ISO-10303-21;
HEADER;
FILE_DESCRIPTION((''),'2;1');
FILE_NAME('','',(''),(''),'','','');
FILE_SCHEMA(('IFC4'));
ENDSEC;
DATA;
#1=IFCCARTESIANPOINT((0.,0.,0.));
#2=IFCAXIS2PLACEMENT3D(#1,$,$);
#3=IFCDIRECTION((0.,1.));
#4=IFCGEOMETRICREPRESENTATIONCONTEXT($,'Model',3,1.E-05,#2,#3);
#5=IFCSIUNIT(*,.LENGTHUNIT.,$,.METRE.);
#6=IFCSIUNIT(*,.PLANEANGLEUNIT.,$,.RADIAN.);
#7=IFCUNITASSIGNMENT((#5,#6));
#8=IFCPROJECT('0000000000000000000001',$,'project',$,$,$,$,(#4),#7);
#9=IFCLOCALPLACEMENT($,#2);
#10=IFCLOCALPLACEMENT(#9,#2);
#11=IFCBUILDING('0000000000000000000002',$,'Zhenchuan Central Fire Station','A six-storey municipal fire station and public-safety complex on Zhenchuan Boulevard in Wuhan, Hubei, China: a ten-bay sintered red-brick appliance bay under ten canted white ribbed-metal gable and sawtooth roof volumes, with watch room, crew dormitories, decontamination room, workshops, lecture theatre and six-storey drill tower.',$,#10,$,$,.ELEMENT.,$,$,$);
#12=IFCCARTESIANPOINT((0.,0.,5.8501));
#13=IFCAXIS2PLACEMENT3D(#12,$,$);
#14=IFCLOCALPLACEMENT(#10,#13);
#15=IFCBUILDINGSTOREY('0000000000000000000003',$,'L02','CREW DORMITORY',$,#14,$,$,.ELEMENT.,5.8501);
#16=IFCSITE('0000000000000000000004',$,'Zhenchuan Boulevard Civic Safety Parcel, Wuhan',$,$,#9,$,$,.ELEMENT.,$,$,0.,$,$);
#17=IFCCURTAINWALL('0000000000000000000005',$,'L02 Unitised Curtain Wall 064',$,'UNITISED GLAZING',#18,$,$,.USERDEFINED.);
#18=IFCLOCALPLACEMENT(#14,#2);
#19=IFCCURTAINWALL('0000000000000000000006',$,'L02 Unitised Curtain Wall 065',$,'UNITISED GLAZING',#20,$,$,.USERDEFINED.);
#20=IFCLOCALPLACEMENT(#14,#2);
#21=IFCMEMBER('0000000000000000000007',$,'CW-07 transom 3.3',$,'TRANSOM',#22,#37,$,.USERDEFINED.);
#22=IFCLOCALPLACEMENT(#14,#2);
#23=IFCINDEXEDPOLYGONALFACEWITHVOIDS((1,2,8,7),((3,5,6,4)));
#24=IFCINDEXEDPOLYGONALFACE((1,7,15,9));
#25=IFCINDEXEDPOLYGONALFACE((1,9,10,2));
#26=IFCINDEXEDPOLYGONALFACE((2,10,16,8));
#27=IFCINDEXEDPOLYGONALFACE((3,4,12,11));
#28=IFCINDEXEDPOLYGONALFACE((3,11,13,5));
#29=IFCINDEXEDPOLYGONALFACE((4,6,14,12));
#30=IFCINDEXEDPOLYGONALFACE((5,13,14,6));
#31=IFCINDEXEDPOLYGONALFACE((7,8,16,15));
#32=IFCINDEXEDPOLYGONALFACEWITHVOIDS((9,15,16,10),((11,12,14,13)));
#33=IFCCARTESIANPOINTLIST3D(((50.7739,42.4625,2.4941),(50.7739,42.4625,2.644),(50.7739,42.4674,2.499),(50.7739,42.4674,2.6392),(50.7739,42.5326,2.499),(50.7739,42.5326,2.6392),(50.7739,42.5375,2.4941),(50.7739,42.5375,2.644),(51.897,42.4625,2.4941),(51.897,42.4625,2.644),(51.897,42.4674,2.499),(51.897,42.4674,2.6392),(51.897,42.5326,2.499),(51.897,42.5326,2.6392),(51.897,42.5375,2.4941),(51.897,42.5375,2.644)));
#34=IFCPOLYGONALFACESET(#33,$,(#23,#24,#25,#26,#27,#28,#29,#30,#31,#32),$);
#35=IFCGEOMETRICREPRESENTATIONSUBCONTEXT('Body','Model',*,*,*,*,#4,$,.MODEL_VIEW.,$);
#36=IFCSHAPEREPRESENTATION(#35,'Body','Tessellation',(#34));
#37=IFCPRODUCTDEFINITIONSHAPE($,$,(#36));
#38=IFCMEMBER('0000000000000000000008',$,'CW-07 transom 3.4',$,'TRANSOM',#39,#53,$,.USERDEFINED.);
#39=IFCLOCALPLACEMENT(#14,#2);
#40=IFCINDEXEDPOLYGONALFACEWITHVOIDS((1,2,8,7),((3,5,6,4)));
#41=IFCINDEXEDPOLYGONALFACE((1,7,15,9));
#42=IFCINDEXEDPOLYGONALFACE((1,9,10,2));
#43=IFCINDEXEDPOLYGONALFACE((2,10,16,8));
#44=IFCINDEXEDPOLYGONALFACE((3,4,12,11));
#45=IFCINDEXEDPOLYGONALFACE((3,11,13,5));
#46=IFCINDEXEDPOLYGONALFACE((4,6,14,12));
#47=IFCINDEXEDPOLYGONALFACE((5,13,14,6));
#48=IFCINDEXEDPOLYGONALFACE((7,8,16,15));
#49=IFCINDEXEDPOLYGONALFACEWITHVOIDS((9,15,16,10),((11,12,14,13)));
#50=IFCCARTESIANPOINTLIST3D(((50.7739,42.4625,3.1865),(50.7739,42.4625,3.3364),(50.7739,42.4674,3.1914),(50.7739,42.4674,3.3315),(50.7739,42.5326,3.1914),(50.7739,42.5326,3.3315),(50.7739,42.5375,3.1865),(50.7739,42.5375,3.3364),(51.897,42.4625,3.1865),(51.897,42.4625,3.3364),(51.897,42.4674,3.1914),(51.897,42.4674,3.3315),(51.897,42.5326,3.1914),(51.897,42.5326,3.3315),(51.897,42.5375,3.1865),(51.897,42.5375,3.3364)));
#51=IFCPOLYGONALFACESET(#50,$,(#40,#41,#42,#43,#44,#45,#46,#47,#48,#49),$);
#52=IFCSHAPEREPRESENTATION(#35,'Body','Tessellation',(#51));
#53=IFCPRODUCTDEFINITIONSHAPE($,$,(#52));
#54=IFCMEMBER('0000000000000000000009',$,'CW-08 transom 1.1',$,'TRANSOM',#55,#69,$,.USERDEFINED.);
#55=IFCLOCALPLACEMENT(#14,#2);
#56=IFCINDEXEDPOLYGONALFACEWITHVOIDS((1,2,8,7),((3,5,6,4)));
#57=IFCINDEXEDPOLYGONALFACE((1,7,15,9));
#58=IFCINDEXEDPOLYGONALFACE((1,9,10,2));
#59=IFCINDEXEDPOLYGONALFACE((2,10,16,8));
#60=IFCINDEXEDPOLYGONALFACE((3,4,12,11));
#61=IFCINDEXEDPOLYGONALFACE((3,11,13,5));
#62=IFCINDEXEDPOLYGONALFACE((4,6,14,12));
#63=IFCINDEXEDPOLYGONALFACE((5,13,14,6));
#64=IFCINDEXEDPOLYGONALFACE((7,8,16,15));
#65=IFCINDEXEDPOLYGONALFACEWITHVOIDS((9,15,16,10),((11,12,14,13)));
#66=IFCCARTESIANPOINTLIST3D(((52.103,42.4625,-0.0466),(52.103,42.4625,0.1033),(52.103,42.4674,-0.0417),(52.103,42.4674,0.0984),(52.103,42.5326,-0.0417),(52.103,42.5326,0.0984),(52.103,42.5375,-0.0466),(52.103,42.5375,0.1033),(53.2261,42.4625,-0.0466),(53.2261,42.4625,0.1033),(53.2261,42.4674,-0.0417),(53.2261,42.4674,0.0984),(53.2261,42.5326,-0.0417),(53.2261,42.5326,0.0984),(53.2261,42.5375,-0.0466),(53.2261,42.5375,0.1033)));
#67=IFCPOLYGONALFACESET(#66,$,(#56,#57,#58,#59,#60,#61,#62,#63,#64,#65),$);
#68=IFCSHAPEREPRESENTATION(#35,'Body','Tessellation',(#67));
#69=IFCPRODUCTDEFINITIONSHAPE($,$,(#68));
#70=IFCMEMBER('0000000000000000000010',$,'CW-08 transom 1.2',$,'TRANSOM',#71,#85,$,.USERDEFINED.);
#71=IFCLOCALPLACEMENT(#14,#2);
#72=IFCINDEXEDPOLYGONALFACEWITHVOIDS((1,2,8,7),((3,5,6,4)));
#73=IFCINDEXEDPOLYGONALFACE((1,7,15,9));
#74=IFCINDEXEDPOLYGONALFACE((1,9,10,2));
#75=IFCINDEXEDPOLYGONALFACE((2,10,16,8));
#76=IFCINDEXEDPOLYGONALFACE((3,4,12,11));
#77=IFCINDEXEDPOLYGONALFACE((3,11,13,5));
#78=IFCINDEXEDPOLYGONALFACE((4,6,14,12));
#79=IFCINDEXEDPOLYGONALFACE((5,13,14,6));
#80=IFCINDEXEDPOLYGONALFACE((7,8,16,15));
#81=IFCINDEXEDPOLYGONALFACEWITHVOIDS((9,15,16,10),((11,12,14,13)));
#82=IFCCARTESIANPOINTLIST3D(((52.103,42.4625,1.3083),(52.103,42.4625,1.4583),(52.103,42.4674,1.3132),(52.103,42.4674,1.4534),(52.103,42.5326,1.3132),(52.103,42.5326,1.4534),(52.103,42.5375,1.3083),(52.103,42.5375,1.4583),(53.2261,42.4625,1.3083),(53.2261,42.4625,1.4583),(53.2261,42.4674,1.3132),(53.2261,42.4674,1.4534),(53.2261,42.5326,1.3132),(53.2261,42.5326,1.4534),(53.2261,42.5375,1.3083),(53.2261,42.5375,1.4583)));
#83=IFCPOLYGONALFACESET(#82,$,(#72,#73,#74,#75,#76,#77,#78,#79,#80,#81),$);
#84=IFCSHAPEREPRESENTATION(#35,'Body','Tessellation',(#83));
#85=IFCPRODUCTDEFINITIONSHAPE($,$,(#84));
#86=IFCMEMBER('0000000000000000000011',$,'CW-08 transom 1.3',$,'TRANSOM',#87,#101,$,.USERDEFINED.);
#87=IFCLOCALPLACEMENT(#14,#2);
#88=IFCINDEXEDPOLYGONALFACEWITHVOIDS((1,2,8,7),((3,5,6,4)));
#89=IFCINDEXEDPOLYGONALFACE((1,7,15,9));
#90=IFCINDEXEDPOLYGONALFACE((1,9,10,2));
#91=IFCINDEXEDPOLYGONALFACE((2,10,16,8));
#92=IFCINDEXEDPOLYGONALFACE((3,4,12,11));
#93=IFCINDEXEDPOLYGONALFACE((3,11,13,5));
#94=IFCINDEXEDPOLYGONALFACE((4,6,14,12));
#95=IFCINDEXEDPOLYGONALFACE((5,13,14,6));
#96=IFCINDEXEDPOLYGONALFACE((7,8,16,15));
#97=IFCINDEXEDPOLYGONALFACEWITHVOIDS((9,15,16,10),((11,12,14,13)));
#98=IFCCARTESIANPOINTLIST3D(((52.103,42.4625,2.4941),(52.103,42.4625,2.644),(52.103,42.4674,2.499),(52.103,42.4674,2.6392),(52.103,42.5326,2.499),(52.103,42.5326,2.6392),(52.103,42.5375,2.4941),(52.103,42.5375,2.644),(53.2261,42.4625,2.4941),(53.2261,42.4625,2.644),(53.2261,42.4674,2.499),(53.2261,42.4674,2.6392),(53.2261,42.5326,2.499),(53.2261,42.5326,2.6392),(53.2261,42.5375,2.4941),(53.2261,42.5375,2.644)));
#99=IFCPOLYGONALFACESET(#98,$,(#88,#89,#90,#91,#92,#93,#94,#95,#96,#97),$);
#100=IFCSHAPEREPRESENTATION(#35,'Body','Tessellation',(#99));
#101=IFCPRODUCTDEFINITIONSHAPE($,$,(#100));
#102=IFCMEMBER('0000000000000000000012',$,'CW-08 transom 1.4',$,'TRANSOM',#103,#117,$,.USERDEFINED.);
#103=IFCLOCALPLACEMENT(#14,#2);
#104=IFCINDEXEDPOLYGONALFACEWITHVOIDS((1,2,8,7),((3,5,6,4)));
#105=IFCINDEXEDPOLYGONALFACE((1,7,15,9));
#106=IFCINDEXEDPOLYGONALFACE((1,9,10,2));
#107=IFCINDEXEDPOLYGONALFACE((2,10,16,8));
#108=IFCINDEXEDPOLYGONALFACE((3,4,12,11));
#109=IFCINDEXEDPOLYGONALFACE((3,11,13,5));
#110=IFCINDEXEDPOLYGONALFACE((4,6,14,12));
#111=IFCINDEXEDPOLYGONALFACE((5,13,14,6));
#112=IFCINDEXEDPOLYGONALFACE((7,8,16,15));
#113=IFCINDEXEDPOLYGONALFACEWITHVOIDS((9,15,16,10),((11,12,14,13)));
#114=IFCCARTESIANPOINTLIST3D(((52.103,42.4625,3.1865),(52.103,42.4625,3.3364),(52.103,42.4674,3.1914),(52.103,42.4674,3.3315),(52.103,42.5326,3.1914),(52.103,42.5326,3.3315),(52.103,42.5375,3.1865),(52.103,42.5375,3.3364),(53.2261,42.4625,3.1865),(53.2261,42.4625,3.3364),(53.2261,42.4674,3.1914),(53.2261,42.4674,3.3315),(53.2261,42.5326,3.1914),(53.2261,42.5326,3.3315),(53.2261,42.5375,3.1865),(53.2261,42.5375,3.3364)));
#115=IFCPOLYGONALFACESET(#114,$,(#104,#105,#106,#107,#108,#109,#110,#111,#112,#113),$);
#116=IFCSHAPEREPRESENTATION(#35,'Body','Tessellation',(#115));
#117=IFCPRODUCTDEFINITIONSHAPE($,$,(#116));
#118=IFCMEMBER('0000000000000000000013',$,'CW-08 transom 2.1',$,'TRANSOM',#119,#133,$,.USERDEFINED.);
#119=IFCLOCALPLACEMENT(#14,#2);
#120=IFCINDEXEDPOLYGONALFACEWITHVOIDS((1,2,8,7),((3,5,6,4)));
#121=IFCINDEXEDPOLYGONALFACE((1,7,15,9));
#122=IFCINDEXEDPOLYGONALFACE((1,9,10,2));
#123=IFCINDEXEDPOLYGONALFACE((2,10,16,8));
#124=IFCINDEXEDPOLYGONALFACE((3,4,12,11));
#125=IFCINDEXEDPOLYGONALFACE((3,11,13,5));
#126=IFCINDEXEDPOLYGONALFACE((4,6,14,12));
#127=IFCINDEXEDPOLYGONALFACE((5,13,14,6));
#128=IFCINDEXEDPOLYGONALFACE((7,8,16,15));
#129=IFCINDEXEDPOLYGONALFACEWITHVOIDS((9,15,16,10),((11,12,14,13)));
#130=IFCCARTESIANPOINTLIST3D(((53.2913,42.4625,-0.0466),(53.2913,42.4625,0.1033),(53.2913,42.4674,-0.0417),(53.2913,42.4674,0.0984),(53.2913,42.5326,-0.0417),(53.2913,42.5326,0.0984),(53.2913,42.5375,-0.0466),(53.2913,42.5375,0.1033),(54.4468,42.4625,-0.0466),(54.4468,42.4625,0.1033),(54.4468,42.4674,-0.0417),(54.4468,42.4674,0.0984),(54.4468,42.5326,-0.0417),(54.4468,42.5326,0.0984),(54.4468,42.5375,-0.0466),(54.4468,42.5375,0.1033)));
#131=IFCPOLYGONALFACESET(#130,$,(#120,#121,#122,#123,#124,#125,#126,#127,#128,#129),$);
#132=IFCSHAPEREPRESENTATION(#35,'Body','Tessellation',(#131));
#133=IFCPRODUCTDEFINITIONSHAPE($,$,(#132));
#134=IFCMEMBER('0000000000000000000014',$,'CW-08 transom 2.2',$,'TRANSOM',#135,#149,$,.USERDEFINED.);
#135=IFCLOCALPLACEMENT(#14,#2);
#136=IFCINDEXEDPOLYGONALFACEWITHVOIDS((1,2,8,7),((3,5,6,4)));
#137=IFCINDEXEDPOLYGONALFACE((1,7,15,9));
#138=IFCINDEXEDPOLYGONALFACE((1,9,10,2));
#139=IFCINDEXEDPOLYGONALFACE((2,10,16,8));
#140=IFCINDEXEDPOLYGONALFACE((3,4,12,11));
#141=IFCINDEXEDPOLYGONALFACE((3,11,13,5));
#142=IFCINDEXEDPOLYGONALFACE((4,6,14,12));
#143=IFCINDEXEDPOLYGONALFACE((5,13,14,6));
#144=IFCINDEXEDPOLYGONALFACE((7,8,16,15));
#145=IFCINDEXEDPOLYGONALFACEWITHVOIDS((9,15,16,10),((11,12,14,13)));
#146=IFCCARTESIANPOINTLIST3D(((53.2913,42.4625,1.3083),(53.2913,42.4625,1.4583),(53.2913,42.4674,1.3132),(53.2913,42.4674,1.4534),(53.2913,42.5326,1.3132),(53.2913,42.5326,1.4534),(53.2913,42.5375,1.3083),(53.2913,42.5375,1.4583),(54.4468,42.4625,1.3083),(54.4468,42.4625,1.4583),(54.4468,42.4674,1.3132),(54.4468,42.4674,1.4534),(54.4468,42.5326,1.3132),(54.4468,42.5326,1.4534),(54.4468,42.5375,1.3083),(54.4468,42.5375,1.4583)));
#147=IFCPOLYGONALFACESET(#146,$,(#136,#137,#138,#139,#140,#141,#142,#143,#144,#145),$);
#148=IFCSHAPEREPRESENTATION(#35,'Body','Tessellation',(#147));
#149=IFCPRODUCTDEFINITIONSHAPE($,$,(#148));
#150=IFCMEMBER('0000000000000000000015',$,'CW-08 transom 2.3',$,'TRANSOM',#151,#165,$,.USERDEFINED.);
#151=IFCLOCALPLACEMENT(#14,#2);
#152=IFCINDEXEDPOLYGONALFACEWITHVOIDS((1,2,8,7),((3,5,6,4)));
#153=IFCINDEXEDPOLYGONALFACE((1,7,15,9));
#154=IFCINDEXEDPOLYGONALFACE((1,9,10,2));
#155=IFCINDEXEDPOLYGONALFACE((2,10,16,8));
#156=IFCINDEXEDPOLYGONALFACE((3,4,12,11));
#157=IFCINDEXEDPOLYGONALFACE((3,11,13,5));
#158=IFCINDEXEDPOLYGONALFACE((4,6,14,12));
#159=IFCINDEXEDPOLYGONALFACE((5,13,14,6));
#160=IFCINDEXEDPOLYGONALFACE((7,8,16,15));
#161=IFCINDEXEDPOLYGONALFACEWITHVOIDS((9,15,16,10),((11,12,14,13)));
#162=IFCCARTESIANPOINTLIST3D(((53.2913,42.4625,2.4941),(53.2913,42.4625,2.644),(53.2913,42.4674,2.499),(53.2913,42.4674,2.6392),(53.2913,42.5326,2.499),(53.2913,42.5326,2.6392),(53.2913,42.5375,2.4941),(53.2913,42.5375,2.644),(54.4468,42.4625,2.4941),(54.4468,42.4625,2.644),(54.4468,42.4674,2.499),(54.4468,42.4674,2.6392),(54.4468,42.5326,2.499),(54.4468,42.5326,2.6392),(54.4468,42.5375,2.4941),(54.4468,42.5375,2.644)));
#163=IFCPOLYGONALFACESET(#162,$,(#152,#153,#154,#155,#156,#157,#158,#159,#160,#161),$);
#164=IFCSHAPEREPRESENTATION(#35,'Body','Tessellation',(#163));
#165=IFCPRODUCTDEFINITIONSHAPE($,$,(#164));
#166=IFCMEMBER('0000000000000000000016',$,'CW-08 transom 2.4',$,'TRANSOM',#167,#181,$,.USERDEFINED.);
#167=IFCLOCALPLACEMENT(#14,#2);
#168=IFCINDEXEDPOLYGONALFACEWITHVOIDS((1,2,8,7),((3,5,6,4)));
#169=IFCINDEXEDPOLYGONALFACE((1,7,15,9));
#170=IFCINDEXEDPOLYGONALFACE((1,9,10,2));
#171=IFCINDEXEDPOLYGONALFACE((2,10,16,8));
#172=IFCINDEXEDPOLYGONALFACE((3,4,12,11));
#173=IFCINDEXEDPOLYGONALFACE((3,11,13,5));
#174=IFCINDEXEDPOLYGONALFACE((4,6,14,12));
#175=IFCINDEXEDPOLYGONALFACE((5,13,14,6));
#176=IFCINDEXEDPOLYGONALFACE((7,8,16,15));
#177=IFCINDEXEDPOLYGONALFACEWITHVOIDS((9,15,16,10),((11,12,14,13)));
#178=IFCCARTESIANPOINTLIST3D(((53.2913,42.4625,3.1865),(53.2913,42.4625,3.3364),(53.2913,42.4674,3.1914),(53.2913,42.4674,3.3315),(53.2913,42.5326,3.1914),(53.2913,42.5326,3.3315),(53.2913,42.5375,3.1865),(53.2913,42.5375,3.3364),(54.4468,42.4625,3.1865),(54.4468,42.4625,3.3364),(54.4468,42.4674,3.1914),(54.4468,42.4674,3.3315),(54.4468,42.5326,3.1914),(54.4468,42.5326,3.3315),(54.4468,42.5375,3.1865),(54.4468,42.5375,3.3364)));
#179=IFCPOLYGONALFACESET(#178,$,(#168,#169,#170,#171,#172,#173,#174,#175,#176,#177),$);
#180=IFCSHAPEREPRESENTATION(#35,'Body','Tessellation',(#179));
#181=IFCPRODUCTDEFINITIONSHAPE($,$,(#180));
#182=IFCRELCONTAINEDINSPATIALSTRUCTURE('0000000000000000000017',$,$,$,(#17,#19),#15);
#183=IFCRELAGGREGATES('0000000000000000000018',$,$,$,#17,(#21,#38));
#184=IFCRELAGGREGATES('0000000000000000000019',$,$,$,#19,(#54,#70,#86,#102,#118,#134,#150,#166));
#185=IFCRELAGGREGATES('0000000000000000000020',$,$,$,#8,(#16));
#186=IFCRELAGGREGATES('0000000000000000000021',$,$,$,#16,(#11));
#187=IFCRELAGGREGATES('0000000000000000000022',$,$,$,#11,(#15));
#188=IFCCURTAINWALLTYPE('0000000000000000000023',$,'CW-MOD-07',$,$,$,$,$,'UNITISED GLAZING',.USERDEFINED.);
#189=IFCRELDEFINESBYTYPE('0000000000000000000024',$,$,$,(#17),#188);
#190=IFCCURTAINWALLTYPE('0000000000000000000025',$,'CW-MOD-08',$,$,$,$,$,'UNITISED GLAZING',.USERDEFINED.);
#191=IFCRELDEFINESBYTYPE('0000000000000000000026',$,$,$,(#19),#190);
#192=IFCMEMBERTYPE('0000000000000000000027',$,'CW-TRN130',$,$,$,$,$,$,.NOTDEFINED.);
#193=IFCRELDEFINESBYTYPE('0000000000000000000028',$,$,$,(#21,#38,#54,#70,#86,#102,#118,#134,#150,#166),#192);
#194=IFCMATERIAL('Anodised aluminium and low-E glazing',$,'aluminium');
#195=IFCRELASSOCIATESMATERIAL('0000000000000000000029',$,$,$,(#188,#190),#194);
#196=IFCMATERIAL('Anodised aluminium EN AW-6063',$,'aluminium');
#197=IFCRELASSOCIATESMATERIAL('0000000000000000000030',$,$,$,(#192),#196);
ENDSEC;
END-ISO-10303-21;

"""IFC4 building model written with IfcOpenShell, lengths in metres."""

from ifc_helpers import new_model, si_unit, direction, frame, origin, origin_2d, place, context, subcontext, project, spatial, hollow_rectangle, extrude, material, material_profile, profile_set, type_object, element, aggregate, save


model = new_model("IFC4")

# Units and contexts
model_context = context("Model", 3, precision=1e-05, world=origin(), true_north=direction((0.0, 1.0)))
body_context = subcontext(model_context, "Body", "Model", "MODEL_VIEW")
ifc_project = project(units=[si_unit("LENGTHUNIT", "METRE"), si_unit("PLANEANGLEUNIT", "RADIAN")], contexts=[model_context])

# Site, building, storey
site_placement = place(None, origin())
site = spatial("IfcSite", under=ifc_project, at=site_placement, Name="Zhenchuan Boulevard Civic Safety Parcel, Wuhan", CompositionType="ELEMENT", RefElevation=0.0)
building_placement = place(site_placement, origin())
building = spatial("IfcBuilding", under=site, at=building_placement, Name="Zhenchuan Central Fire Station", Description="A six-storey municipal fire station and public-safety complex on Zhenchuan Boulevard in Wuhan, Hubei, China: a ten-bay sintered red-brick appliance bay under ten canted white ribbed-metal gable and sawtooth roof volumes, with watch room, crew dormitories, decontamination room, workshops, lecture theatre and six-storey drill tower.", CompositionType="ELEMENT")
storey_placement = place(building_placement, frame((0.0, 0.0, 5.8501)))
storey = spatial("IfcBuildingStorey", under=building, at=storey_placement, Name="L02", Description="CREW DORMITORY", CompositionType="ELEMENT", Elevation=5.8501)

# Curtain walls
ifc_material_1 = material(Name="Anodised aluminium and low-E glazing", Category="aluminium")
curtain_wall_type_1 = type_object("IfcCurtainWallType", Name="CW-MOD-07", ElementType="UNITISED GLAZING", PredefinedType="USERDEFINED", material=ifc_material_1)
curtain_wall_1_placement = place(storey_placement, origin())
curtain_wall_1 = element("IfcCurtainWall", 1, at=curtain_wall_1_placement, inside=storey, type_object=curtain_wall_type_1, Name="L02 Unitised Curtain Wall 064", ObjectType="UNITISED GLAZING", PredefinedType="USERDEFINED")
ifc_material_2 = material(Name="Anodised aluminium EN AW-6063", Category="aluminium")
curtain_wall_type_2 = type_object("IfcCurtainWallType", Name="CW-MOD-08", ElementType="UNITISED GLAZING", PredefinedType="USERDEFINED", material=ifc_material_1)
curtain_wall_2_placement = place(storey_placement, origin())
curtain_wall_2 = element("IfcCurtainWall", 2, at=curtain_wall_2_placement, inside=storey, type_object=curtain_wall_type_2, Name="L02 Unitised Curtain Wall 065", ObjectType="UNITISED GLAZING", PredefinedType="USERDEFINED")

# Members
ifc_material_profile_1 = material_profile(ifc_material_2, hollow_rectangle(XDim=0.075, YDim=0.1499, WallThickness=0.0049, at=origin_2d()), Name="ALU-T 150x75")
ifc_profile_set_1 = profile_set([ifc_material_profile_1], Name="Anodised aluminium EN AW-6063")
member_type_1 = type_object("IfcMemberType", Name="CW-TRN130", PredefinedType="NOTDEFINED", material=ifc_profile_set_1)
member_1_placement = place(storey_placement, frame((50.7739, 42.5, 2.5691), z_axis=(1.0, 0.0, 0.0), x_axis=(0.0, 1.0, 0.0)))
member_1 = element("IfcMember", 3, at=member_1_placement, type_object=member_type_1, Name="CW-07 transom 3.3", ObjectType="TRANSOM", PredefinedType="USERDEFINED", context=body_context, shape_type="SweptSolid", body=[
    extrude(hollow_rectangle(XDim=0.075, YDim=0.1499, WallThickness=0.0049, at=origin_2d()), origin(), (0.0, 0.0, 1.0), 1.123),
])
member_2_placement = place(storey_placement, frame((50.7739, 42.5, 3.2615), z_axis=(1.0, 0.0, 0.0), x_axis=(0.0, 1.0, 0.0)))
member_2 = element("IfcMember", 4, at=member_2_placement, type_object=member_type_1, Name="CW-07 transom 3.4", ObjectType="TRANSOM", PredefinedType="USERDEFINED", context=body_context, shape_type="SweptSolid", body=[
    extrude(hollow_rectangle(XDim=0.075, YDim=0.1499, WallThickness=0.0049, at=origin_2d()), origin(), (0.0, 0.0, 1.0), 1.123),
])
member_3_placement = place(storey_placement, frame((52.103, 42.5, 0.0283), z_axis=(1.0, 0.0, 0.0), x_axis=(0.0, 1.0, 0.0)))
member_3 = element("IfcMember", 5, at=member_3_placement, type_object=member_type_1, Name="CW-08 transom 1.1", ObjectType="TRANSOM", PredefinedType="USERDEFINED", context=body_context, shape_type="SweptSolid", body=[
    extrude(hollow_rectangle(XDim=0.075, YDim=0.1499, WallThickness=0.0049, at=origin_2d()), origin(), (0.0, 0.0, 1.0), 1.123),
])
member_4_placement = place(storey_placement, frame((52.103, 42.5, 1.3833), z_axis=(1.0, 0.0, 0.0), x_axis=(0.0, 1.0, 0.0)))
member_4 = element("IfcMember", 6, at=member_4_placement, type_object=member_type_1, Name="CW-08 transom 1.2", ObjectType="TRANSOM", PredefinedType="USERDEFINED", context=body_context, shape_type="SweptSolid", body=[
    extrude(hollow_rectangle(XDim=0.075, YDim=0.1499, WallThickness=0.0049, at=origin_2d()), origin(), (0.0, 0.0, 1.0), 1.123),
])
member_5_placement = place(storey_placement, frame((52.103, 42.5, 2.5691), z_axis=(1.0, 0.0, 0.0), x_axis=(0.0, 1.0, 0.0)))
member_5 = element("IfcMember", 7, at=member_5_placement, type_object=member_type_1, Name="CW-08 transom 1.3", ObjectType="TRANSOM", PredefinedType="USERDEFINED", context=body_context, shape_type="SweptSolid", body=[
    extrude(hollow_rectangle(XDim=0.075, YDim=0.1499, WallThickness=0.0049, at=origin_2d()), origin(), (0.0, 0.0, 1.0), 1.123),
])
member_6_placement = place(storey_placement, frame((52.103, 42.5, 3.2615), z_axis=(1.0, 0.0, 0.0), x_axis=(0.0, 1.0, 0.0)))
member_6 = element("IfcMember", 8, at=member_6_placement, type_object=member_type_1, Name="CW-08 transom 1.4", ObjectType="TRANSOM", PredefinedType="USERDEFINED", context=body_context, shape_type="SweptSolid", body=[
    extrude(hollow_rectangle(XDim=0.075, YDim=0.1499, WallThickness=0.0049, at=origin_2d()), origin(), (0.0, 0.0, 1.0), 1.123),
])
member_7_placement = place(storey_placement, frame((53.2913, 42.5, 0.0283), z_axis=(1.0, 0.0, 0.0), x_axis=(0.0, 1.0, 0.0)))
member_7 = element("IfcMember", 9, at=member_7_placement, type_object=member_type_1, Name="CW-08 transom 2.1", ObjectType="TRANSOM", PredefinedType="USERDEFINED", context=body_context, shape_type="SweptSolid", body=[
    extrude(hollow_rectangle(XDim=0.075, YDim=0.1499, WallThickness=0.0049, at=origin_2d()), origin(), (0.0, 0.0, 1.0), 1.1555),
])
member_8_placement = place(storey_placement, frame((53.2913, 42.5, 1.3833), z_axis=(1.0, 0.0, 0.0), x_axis=(0.0, 1.0, 0.0)))
member_8 = element("IfcMember", 10, at=member_8_placement, type_object=member_type_1, Name="CW-08 transom 2.2", ObjectType="TRANSOM", PredefinedType="USERDEFINED", context=body_context, shape_type="SweptSolid", body=[
    extrude(hollow_rectangle(XDim=0.075, YDim=0.1499, WallThickness=0.0049, at=origin_2d()), origin(), (0.0, 0.0, 1.0), 1.1555),
])
member_9_placement = place(storey_placement, frame((53.2913, 42.5, 2.5691), z_axis=(1.0, 0.0, 0.0), x_axis=(0.0, 1.0, 0.0)))
member_9 = element("IfcMember", 11, at=member_9_placement, type_object=member_type_1, Name="CW-08 transom 2.3", ObjectType="TRANSOM", PredefinedType="USERDEFINED", context=body_context, shape_type="SweptSolid", body=[
    extrude(hollow_rectangle(XDim=0.075, YDim=0.1499, WallThickness=0.0049, at=origin_2d()), origin(), (0.0, 0.0, 1.0), 1.1555),
])
member_10_placement = place(storey_placement, frame((53.2913, 42.5, 3.2615), z_axis=(1.0, 0.0, 0.0), x_axis=(0.0, 1.0, 0.0)))
member_10 = element("IfcMember", 12, at=member_10_placement, type_object=member_type_1, Name="CW-08 transom 2.4", ObjectType="TRANSOM", PredefinedType="USERDEFINED", context=body_context, shape_type="SweptSolid", body=[
    extrude(hollow_rectangle(XDim=0.075, YDim=0.1499, WallThickness=0.0049, at=origin_2d()), origin(), (0.0, 0.0, 1.0), 1.1555),
])

aggregate(curtain_wall_1, [member_1, member_2])
aggregate(curtain_wall_2, [member_3, member_4, member_5, member_6, member_7, member_8, member_9, member_10])

save(model, "model.ifc")
